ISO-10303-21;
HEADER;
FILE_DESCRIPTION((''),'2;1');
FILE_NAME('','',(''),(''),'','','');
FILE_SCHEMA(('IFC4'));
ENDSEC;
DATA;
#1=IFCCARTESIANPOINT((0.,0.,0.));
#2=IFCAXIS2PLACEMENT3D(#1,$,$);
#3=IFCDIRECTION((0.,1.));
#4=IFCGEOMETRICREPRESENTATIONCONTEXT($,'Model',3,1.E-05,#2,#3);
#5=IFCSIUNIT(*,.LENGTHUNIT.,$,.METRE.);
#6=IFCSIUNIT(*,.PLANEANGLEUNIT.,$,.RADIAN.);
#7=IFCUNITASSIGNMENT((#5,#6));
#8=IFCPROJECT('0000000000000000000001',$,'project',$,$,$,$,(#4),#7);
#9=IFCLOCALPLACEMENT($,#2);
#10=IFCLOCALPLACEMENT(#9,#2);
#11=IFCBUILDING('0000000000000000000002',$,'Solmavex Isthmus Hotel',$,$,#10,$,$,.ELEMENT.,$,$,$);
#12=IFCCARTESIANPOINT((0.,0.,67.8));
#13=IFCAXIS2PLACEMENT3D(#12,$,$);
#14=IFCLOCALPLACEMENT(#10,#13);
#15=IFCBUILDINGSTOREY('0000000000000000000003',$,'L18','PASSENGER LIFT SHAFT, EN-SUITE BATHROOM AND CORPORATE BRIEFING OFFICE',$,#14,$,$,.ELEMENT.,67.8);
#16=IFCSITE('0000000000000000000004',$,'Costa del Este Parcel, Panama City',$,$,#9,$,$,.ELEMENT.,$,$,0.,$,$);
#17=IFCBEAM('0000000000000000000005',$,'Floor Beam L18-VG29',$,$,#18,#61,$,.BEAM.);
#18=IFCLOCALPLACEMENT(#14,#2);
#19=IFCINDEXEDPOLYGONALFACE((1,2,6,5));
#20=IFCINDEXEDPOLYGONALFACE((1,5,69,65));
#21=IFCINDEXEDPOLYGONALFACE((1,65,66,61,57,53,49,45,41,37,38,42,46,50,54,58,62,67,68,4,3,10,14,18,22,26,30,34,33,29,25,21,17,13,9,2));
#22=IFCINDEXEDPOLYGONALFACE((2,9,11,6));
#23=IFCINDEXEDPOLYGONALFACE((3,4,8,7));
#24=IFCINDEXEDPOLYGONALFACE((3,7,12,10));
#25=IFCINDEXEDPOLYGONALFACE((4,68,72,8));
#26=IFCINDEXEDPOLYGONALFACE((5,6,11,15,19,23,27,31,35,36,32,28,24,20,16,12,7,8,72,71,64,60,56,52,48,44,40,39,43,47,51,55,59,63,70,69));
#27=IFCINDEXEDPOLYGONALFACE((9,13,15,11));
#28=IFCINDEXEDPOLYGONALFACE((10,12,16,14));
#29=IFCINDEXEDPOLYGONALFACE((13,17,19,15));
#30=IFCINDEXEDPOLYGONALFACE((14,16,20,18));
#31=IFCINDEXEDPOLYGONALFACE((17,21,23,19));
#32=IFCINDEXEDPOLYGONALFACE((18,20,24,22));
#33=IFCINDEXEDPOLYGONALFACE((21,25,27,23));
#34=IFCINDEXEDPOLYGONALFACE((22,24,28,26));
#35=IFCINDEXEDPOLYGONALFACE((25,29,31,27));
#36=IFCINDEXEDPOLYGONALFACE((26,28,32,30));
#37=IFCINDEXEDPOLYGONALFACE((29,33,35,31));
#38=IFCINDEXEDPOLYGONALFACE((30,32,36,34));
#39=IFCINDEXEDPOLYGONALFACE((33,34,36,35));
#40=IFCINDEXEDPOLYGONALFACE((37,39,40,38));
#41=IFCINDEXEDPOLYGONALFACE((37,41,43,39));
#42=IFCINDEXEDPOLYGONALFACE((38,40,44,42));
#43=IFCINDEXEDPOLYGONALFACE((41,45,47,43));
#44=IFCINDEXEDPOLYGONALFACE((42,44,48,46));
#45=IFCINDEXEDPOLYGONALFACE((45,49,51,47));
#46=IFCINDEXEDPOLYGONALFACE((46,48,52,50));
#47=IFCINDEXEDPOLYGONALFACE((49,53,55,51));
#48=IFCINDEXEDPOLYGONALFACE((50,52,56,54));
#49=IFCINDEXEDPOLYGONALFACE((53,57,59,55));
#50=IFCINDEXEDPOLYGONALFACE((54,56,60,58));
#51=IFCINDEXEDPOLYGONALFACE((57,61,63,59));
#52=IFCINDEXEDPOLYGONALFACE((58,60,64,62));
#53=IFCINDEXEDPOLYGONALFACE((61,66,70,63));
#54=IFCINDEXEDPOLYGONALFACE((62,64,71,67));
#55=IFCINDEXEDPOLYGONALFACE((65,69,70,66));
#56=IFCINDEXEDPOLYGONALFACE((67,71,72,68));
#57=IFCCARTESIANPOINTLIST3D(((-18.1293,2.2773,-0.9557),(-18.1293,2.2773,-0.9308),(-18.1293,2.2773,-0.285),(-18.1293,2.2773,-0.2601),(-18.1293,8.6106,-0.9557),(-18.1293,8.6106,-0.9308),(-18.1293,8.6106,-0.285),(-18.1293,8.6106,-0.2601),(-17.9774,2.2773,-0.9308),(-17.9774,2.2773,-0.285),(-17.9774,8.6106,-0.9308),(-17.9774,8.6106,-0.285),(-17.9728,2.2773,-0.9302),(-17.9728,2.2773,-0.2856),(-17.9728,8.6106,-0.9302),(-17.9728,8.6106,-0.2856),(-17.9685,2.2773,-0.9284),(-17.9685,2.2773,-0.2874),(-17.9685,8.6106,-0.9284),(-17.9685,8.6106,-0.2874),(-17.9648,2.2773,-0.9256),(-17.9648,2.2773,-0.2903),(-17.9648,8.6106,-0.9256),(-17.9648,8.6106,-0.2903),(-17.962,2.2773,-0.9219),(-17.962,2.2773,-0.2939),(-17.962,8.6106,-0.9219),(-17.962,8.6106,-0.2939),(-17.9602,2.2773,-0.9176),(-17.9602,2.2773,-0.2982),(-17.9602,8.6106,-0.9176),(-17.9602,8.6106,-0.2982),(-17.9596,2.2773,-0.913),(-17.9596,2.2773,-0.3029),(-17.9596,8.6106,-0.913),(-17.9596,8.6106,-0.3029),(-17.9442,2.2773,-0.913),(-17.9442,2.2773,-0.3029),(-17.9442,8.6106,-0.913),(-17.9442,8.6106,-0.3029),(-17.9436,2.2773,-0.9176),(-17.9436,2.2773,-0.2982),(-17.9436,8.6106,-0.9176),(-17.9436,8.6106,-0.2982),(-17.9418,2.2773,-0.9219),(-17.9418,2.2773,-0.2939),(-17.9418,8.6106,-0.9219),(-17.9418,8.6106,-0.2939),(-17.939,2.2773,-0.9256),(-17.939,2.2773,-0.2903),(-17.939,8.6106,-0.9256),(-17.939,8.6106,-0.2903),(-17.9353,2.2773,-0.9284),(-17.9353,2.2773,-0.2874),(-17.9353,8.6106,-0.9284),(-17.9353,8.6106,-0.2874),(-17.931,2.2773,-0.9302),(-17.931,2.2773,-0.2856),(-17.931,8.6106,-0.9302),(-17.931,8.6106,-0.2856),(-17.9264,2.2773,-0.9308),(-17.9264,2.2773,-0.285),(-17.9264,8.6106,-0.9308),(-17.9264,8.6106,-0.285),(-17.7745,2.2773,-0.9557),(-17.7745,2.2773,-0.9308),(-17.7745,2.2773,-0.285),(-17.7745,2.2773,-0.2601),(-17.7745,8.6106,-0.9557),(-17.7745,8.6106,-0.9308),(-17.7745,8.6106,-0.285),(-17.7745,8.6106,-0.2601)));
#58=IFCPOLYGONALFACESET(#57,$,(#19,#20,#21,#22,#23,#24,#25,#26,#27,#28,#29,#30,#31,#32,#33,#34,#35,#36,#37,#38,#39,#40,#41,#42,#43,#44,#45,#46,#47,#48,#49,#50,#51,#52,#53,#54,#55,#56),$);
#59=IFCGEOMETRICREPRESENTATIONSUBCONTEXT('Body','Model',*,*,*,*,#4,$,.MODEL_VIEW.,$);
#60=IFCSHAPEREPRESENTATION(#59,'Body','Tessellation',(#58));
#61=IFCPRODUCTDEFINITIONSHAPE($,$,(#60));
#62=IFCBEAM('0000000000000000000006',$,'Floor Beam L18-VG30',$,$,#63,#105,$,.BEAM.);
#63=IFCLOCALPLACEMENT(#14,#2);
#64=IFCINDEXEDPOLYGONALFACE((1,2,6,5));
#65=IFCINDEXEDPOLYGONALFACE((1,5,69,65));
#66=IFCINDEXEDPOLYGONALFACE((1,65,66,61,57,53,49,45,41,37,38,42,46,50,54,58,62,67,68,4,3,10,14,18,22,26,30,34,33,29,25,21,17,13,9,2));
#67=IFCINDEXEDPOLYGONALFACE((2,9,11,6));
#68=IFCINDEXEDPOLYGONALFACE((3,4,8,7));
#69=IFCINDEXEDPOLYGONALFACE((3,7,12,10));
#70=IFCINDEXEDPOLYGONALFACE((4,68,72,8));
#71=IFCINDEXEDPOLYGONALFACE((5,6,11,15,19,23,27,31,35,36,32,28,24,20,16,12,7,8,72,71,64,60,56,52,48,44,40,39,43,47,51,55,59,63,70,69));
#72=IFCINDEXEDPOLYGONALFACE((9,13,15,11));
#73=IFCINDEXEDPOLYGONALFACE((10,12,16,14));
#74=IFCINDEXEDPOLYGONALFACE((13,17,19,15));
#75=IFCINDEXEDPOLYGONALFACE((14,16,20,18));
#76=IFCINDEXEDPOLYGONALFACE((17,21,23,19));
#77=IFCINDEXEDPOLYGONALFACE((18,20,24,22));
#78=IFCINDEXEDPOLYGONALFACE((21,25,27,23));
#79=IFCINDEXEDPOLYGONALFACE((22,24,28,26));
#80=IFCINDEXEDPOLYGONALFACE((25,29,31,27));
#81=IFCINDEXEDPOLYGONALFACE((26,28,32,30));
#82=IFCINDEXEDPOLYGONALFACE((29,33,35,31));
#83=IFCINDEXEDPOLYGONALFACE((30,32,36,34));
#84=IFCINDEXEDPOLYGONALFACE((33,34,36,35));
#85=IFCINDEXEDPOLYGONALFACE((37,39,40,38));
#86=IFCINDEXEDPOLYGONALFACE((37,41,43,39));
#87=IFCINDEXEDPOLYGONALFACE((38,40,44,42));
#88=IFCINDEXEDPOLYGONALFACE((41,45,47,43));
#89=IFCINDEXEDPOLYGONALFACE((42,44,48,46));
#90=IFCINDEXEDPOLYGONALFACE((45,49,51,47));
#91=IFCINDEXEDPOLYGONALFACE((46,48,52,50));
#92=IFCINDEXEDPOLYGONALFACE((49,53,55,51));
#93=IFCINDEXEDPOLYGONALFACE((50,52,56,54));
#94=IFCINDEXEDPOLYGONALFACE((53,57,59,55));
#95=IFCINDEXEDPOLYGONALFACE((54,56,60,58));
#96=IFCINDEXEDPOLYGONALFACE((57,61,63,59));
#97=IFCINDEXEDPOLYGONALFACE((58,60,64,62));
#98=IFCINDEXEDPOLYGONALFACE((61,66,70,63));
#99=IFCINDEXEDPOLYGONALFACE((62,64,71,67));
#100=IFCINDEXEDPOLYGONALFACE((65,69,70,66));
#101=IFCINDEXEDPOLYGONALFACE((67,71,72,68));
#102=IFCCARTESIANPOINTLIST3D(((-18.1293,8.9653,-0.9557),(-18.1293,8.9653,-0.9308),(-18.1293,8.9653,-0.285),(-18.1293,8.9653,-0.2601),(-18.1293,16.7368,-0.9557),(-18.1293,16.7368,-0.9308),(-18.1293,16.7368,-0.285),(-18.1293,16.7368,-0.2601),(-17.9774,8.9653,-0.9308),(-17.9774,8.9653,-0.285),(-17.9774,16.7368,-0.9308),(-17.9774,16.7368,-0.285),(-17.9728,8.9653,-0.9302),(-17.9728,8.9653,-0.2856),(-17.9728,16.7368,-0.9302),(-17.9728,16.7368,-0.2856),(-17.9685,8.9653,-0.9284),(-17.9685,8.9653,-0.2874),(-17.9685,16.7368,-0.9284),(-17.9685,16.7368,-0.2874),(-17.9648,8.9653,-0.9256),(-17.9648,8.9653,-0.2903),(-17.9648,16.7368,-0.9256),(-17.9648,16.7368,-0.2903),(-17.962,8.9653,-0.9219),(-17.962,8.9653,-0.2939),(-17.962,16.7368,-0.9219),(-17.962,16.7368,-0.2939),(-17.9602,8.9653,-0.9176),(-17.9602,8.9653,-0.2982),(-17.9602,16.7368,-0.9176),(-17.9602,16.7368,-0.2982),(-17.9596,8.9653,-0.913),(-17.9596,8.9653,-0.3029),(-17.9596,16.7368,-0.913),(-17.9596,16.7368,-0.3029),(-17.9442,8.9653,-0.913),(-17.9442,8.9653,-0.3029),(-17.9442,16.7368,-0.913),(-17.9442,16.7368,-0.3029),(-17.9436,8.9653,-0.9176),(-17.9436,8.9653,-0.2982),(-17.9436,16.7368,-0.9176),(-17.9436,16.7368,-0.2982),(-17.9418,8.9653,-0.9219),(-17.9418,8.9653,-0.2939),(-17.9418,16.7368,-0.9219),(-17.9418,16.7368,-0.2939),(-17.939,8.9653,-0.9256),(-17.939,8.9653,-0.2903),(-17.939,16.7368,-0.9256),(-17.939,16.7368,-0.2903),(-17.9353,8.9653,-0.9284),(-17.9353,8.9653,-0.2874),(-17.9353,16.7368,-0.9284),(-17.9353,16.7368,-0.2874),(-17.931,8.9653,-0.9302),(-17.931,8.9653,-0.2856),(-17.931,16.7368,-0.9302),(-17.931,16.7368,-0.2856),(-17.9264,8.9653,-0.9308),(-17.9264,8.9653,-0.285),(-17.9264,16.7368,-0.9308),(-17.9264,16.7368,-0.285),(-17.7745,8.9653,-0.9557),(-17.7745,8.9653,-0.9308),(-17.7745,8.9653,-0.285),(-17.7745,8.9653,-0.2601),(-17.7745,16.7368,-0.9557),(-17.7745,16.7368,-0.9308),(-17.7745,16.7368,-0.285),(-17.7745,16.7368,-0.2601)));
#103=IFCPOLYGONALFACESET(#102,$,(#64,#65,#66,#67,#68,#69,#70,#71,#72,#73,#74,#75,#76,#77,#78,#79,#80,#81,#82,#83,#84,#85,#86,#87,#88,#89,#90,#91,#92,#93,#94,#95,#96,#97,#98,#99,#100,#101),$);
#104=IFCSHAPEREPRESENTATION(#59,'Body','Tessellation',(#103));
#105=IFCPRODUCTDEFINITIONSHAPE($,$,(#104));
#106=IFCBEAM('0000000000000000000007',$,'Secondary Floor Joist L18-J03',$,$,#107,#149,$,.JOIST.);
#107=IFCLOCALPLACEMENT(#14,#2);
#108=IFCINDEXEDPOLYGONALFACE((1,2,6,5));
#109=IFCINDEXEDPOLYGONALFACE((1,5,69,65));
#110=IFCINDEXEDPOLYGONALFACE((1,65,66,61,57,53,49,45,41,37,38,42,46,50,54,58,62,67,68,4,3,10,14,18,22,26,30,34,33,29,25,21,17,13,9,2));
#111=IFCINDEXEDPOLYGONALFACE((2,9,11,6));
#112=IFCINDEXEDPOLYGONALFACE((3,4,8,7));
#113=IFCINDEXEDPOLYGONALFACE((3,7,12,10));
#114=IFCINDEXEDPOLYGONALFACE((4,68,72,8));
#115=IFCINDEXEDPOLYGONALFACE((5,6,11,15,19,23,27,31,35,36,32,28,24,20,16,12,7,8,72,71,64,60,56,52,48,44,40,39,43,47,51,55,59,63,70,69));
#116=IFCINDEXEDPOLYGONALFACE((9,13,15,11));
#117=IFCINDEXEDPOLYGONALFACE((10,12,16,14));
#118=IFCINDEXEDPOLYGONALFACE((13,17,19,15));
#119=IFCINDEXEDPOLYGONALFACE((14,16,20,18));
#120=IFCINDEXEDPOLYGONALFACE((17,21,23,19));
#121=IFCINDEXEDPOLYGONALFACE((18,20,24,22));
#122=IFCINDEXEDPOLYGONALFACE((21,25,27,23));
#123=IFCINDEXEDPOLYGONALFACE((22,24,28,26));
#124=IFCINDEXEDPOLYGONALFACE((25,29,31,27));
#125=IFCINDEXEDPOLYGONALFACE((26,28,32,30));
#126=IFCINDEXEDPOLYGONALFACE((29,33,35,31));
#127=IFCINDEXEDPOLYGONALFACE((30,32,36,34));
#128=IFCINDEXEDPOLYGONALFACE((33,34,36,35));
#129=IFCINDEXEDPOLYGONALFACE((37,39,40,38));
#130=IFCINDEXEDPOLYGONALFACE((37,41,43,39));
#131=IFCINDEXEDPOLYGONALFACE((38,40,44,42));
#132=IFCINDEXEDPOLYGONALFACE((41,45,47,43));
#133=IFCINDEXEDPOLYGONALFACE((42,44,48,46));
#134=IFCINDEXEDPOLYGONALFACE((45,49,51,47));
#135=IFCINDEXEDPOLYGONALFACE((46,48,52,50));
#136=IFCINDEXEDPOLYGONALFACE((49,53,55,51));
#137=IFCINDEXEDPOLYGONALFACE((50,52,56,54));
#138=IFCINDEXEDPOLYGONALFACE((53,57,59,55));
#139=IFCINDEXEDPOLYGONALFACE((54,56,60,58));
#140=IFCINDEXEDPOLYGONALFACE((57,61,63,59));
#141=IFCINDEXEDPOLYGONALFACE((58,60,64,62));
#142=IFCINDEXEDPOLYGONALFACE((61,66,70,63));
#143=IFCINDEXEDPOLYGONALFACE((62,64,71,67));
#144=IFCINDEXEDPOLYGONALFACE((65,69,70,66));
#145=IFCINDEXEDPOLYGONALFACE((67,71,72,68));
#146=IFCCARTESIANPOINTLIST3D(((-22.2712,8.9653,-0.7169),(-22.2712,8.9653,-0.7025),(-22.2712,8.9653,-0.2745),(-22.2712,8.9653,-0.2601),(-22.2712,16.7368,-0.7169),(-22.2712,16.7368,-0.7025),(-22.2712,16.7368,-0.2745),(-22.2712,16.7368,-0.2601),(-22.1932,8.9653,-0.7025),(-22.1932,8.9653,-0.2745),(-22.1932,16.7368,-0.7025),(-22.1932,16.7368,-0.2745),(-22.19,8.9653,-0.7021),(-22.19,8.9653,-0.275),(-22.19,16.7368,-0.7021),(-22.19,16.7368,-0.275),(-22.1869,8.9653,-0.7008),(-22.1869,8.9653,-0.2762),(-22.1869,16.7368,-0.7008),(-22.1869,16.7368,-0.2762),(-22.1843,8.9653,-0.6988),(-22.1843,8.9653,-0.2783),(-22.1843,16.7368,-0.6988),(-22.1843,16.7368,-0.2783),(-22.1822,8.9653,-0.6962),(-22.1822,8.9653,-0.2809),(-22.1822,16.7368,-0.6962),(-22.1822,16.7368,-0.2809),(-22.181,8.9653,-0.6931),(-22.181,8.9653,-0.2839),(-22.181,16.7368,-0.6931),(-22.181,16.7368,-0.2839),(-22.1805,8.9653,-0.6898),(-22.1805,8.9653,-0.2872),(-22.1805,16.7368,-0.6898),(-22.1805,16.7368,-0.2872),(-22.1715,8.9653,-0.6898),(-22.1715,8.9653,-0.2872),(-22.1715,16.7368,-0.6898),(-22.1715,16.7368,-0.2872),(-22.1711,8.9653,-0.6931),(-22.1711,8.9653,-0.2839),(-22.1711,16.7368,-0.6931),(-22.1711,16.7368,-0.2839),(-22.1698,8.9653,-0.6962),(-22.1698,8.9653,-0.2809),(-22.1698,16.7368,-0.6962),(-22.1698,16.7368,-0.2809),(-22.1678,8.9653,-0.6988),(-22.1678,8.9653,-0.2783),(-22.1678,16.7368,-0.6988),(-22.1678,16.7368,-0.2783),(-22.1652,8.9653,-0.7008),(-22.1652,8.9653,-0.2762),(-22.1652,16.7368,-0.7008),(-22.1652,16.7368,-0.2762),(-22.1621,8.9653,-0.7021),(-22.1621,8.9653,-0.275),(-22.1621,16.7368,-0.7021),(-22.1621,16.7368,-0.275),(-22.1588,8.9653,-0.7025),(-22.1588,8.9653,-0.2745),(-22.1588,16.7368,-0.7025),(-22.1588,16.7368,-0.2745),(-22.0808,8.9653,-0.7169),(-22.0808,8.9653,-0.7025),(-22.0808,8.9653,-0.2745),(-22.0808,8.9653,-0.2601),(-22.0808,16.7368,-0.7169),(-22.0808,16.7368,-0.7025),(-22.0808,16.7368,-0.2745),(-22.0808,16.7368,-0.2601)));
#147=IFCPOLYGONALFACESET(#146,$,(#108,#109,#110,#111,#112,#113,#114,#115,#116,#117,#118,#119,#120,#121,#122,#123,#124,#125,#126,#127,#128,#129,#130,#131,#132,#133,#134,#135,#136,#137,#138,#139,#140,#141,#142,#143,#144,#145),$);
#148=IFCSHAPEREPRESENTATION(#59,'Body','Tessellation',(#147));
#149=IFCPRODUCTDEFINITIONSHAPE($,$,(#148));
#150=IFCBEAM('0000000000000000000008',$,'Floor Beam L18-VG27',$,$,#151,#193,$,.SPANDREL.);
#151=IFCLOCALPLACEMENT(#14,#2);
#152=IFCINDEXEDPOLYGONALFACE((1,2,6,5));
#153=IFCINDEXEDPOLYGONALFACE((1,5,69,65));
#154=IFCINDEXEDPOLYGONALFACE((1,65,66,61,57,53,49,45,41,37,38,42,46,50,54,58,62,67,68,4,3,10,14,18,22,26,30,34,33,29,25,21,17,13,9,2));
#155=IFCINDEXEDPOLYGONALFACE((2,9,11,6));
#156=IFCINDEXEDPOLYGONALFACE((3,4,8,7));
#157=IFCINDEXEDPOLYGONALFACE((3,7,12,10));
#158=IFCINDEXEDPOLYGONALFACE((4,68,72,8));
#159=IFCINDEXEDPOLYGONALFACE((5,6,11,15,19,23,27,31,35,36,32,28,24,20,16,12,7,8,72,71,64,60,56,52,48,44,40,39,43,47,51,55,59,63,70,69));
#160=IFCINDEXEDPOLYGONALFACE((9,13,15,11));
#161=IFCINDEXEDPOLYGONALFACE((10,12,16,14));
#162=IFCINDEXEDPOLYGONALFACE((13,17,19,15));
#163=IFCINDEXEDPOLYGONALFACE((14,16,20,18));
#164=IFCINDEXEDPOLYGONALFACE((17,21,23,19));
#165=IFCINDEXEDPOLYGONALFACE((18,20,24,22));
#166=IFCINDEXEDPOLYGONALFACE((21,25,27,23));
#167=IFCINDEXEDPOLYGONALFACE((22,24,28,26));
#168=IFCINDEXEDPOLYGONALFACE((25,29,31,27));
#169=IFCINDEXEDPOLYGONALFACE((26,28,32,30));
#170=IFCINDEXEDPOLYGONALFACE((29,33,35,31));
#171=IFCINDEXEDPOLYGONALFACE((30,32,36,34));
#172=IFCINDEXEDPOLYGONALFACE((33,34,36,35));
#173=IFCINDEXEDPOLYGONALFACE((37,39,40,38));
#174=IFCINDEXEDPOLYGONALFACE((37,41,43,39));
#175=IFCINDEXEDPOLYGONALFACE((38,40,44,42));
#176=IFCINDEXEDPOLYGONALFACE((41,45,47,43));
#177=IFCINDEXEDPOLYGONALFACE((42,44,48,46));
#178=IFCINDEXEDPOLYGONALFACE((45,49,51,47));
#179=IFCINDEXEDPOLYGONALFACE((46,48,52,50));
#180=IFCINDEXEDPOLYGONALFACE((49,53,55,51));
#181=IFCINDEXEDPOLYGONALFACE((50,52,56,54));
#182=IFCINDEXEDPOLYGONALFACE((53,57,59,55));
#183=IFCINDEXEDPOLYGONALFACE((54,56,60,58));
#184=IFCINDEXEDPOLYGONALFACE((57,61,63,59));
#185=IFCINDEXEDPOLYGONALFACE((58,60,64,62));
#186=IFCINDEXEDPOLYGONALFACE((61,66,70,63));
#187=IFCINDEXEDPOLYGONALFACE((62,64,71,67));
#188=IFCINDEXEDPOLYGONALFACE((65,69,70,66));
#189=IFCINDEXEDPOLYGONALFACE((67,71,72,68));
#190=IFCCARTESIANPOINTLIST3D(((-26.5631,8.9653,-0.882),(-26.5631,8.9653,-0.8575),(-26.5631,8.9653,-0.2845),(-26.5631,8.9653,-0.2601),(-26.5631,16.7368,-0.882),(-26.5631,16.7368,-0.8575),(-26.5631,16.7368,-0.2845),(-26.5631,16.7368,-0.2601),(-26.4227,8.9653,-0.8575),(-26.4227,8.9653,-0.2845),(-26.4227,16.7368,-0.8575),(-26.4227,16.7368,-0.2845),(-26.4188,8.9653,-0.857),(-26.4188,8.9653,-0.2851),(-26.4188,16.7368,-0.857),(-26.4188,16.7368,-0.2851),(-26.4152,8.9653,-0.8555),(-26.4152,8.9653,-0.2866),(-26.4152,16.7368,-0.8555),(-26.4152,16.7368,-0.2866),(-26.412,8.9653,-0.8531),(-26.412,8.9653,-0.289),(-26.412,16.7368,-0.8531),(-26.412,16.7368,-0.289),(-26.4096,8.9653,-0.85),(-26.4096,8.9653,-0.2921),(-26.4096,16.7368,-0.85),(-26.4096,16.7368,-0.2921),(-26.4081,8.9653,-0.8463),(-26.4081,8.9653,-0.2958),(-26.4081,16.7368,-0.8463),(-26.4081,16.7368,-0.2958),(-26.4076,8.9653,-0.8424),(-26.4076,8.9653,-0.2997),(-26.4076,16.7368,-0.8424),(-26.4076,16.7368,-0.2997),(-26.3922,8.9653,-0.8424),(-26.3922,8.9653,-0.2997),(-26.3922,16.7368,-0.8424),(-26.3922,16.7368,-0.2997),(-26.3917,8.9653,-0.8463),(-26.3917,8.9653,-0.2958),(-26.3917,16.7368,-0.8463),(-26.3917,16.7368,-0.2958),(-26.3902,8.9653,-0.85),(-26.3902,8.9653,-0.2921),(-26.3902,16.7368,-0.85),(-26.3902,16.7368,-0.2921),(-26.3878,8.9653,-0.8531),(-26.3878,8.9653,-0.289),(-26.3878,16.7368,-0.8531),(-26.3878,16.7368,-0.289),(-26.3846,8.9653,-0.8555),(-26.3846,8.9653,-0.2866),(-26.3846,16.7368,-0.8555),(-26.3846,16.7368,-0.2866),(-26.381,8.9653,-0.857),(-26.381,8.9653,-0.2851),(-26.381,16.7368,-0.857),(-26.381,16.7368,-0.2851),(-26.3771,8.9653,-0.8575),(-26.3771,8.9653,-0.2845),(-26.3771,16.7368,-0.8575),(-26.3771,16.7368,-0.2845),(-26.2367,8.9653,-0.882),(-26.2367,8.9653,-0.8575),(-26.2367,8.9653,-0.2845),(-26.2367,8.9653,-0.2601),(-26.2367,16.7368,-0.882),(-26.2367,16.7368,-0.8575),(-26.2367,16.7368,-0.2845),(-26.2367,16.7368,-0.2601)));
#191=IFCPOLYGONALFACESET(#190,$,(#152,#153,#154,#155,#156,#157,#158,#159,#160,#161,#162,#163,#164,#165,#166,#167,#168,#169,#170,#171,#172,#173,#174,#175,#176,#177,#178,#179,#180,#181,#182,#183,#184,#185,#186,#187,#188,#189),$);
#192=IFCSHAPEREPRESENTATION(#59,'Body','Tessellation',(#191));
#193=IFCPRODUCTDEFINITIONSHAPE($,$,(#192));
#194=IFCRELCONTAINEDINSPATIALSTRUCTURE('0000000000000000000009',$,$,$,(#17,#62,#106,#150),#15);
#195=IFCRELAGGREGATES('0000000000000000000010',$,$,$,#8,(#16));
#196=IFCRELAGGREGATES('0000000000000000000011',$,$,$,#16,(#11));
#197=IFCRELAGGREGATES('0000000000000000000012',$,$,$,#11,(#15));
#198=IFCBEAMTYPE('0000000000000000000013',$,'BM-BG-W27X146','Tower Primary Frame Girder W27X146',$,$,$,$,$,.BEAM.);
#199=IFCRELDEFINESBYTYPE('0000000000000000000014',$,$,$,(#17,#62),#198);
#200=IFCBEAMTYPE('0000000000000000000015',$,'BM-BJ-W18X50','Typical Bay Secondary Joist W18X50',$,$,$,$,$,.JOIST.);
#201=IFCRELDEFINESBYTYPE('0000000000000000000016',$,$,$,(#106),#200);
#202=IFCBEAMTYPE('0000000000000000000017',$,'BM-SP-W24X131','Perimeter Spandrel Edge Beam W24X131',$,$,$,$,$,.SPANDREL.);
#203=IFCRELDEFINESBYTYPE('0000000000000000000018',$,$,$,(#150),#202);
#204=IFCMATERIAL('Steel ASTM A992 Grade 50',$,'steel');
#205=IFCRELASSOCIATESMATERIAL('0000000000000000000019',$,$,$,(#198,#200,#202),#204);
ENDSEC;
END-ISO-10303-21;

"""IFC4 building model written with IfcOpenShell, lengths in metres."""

from ifc_helpers import new_model, si_unit, direction, frame, origin, origin_2d, place, context, subcontext, project, spatial, i_section, extrude, material, material_profile, profile_set, type_object, element, save


model = new_model("IFC4")

# Units and contexts
model_context = context("Model", 3, precision=1e-05, world=origin(), true_north=direction((0.0, 1.0)))
body_context = subcontext(model_context, "Body", "Model", "MODEL_VIEW")
ifc_project = project(units=[si_unit("LENGTHUNIT", "METRE"), si_unit("PLANEANGLEUNIT", "RADIAN")], contexts=[model_context])

# Site, building, storey
site_placement = place(None, origin())
site = spatial("IfcSite", under=ifc_project, at=site_placement, Name="Costa del Este Parcel, Panama City", CompositionType="ELEMENT", RefElevation=0.0)
building_placement = place(site_placement, origin())
building = spatial("IfcBuilding", under=site, at=building_placement, Name="Solmavex Isthmus Hotel", CompositionType="ELEMENT")
storey_placement = place(building_placement, frame((0.0, 0.0, 67.8)))
storey = spatial("IfcBuildingStorey", under=building, at=storey_placement, Name="L18", Description="PASSENGER LIFT SHAFT, EN-SUITE BATHROOM AND CORPORATE BRIEFING OFFICE", CompositionType="ELEMENT", Elevation=67.8)

# Beams
ifc_material_1 = material(Name="Steel ASTM A992 Grade 50", Category="steel")
ifc_material_profile_1 = material_profile(ifc_material_1, i_section(OverallWidth=0.3547, OverallDepth=0.6956, WebThickness=0.0154, FlangeThickness=0.0249, FilletRadius=0.0178, at=origin_2d()), Name="W27X146")
ifc_profile_set_1 = profile_set([ifc_material_profile_1], Name="Steel ASTM A992 Grade 50")
beam_type_1 = type_object("IfcBeamType", Name="BM-BG-W27X146", Description="Tower Primary Frame Girder W27X146", PredefinedType="BEAM", material=ifc_profile_set_1)
beam_1_placement = place(storey_placement, frame((-17.9519, 2.2773, -0.6079), z_axis=(0.0, 1.0, 0.0), x_axis=(-1.0, 0.0, 0.0)))
element("IfcBeam", 1, at=beam_1_placement, inside=storey, type_object=beam_type_1, Name="Floor Beam L18-VG29", PredefinedType="BEAM", context=body_context, shape_type="SweptSolid", body=[
    extrude(i_section(OverallWidth=0.3547, OverallDepth=0.6956, WebThickness=0.0154, FlangeThickness=0.0249, FilletRadius=0.0178, at=origin_2d()), origin(), (0.0, 0.0, 1.0), 6.3333),
])
beam_2_placement = place(storey_placement, frame((-17.9519, 8.9653, -0.6079), z_axis=(0.0, 1.0, 0.0), x_axis=(-1.0, 0.0, 0.0)))
element("IfcBeam", 2, at=beam_2_placement, inside=storey, type_object=beam_type_1, Name="Floor Beam L18-VG30", PredefinedType="BEAM", context=body_context, shape_type="SweptSolid", body=[
    extrude(i_section(OverallWidth=0.3547, OverallDepth=0.6956, WebThickness=0.0154, FlangeThickness=0.0249, FilletRadius=0.0178, at=origin_2d()), origin(), (0.0, 0.0, 1.0), 7.7715),
])
ifc_material_profile_2 = material_profile(ifc_material_1, i_section(OverallWidth=0.1904, OverallDepth=0.4568, WebThickness=0.009, FlangeThickness=0.0144, FilletRadius=0.0127, at=origin_2d()), Name="W18X50")
ifc_profile_set_2 = profile_set([ifc_material_profile_2], Name="Steel ASTM A992 Grade 50")
beam_type_2 = type_object("IfcBeamType", Name="BM-BJ-W18X50", Description="Typical Bay Secondary Joist W18X50", PredefinedType="JOIST", material=ifc_profile_set_2)
beam_3_placement = place(storey_placement, frame((-22.176, 8.9653, -0.4885), z_axis=(0.0, 1.0, 0.0), x_axis=(-1.0, 0.0, 0.0)))
element("IfcBeam", 3, at=beam_3_placement, inside=storey, type_object=beam_type_2, Name="Secondary Floor Joist L18-J03", PredefinedType="JOIST", context=body_context, shape_type="SweptSolid", body=[
    extrude(i_section(OverallWidth=0.1904, OverallDepth=0.4568, WebThickness=0.009, FlangeThickness=0.0144, FilletRadius=0.0127, at=origin_2d()), origin(), (0.0, 0.0, 1.0), 7.7715),
])
ifc_material_profile_3 = material_profile(ifc_material_1, i_section(OverallWidth=0.3264, OverallDepth=0.6218, WebThickness=0.0154, FlangeThickness=0.0244, FilletRadius=0.0151, at=origin_2d()), Name="W24X131")
ifc_profile_set_3 = profile_set([ifc_material_profile_3], Name="Steel ASTM A992 Grade 50")
beam_type_3 = type_object("IfcBeamType", Name="BM-SP-W24X131", Description="Perimeter Spandrel Edge Beam W24X131", PredefinedType="SPANDREL", material=ifc_profile_set_3)
beam_4_placement = place(storey_placement, frame((-26.3999, 8.9653, -0.571), z_axis=(0.0, 1.0, 0.0), x_axis=(-1.0, 0.0, 0.0)))
element("IfcBeam", 4, at=beam_4_placement, inside=storey, type_object=beam_type_3, Name="Floor Beam L18-VG27", PredefinedType="SPANDREL", context=body_context, shape_type="SweptSolid", body=[
    extrude(i_section(OverallWidth=0.3264, OverallDepth=0.6218, WebThickness=0.0154, FlangeThickness=0.0244, FilletRadius=0.0151, at=origin_2d()), origin(), (0.0, 0.0, 1.0), 7.7715),
])

save(model, "model.ifc")
